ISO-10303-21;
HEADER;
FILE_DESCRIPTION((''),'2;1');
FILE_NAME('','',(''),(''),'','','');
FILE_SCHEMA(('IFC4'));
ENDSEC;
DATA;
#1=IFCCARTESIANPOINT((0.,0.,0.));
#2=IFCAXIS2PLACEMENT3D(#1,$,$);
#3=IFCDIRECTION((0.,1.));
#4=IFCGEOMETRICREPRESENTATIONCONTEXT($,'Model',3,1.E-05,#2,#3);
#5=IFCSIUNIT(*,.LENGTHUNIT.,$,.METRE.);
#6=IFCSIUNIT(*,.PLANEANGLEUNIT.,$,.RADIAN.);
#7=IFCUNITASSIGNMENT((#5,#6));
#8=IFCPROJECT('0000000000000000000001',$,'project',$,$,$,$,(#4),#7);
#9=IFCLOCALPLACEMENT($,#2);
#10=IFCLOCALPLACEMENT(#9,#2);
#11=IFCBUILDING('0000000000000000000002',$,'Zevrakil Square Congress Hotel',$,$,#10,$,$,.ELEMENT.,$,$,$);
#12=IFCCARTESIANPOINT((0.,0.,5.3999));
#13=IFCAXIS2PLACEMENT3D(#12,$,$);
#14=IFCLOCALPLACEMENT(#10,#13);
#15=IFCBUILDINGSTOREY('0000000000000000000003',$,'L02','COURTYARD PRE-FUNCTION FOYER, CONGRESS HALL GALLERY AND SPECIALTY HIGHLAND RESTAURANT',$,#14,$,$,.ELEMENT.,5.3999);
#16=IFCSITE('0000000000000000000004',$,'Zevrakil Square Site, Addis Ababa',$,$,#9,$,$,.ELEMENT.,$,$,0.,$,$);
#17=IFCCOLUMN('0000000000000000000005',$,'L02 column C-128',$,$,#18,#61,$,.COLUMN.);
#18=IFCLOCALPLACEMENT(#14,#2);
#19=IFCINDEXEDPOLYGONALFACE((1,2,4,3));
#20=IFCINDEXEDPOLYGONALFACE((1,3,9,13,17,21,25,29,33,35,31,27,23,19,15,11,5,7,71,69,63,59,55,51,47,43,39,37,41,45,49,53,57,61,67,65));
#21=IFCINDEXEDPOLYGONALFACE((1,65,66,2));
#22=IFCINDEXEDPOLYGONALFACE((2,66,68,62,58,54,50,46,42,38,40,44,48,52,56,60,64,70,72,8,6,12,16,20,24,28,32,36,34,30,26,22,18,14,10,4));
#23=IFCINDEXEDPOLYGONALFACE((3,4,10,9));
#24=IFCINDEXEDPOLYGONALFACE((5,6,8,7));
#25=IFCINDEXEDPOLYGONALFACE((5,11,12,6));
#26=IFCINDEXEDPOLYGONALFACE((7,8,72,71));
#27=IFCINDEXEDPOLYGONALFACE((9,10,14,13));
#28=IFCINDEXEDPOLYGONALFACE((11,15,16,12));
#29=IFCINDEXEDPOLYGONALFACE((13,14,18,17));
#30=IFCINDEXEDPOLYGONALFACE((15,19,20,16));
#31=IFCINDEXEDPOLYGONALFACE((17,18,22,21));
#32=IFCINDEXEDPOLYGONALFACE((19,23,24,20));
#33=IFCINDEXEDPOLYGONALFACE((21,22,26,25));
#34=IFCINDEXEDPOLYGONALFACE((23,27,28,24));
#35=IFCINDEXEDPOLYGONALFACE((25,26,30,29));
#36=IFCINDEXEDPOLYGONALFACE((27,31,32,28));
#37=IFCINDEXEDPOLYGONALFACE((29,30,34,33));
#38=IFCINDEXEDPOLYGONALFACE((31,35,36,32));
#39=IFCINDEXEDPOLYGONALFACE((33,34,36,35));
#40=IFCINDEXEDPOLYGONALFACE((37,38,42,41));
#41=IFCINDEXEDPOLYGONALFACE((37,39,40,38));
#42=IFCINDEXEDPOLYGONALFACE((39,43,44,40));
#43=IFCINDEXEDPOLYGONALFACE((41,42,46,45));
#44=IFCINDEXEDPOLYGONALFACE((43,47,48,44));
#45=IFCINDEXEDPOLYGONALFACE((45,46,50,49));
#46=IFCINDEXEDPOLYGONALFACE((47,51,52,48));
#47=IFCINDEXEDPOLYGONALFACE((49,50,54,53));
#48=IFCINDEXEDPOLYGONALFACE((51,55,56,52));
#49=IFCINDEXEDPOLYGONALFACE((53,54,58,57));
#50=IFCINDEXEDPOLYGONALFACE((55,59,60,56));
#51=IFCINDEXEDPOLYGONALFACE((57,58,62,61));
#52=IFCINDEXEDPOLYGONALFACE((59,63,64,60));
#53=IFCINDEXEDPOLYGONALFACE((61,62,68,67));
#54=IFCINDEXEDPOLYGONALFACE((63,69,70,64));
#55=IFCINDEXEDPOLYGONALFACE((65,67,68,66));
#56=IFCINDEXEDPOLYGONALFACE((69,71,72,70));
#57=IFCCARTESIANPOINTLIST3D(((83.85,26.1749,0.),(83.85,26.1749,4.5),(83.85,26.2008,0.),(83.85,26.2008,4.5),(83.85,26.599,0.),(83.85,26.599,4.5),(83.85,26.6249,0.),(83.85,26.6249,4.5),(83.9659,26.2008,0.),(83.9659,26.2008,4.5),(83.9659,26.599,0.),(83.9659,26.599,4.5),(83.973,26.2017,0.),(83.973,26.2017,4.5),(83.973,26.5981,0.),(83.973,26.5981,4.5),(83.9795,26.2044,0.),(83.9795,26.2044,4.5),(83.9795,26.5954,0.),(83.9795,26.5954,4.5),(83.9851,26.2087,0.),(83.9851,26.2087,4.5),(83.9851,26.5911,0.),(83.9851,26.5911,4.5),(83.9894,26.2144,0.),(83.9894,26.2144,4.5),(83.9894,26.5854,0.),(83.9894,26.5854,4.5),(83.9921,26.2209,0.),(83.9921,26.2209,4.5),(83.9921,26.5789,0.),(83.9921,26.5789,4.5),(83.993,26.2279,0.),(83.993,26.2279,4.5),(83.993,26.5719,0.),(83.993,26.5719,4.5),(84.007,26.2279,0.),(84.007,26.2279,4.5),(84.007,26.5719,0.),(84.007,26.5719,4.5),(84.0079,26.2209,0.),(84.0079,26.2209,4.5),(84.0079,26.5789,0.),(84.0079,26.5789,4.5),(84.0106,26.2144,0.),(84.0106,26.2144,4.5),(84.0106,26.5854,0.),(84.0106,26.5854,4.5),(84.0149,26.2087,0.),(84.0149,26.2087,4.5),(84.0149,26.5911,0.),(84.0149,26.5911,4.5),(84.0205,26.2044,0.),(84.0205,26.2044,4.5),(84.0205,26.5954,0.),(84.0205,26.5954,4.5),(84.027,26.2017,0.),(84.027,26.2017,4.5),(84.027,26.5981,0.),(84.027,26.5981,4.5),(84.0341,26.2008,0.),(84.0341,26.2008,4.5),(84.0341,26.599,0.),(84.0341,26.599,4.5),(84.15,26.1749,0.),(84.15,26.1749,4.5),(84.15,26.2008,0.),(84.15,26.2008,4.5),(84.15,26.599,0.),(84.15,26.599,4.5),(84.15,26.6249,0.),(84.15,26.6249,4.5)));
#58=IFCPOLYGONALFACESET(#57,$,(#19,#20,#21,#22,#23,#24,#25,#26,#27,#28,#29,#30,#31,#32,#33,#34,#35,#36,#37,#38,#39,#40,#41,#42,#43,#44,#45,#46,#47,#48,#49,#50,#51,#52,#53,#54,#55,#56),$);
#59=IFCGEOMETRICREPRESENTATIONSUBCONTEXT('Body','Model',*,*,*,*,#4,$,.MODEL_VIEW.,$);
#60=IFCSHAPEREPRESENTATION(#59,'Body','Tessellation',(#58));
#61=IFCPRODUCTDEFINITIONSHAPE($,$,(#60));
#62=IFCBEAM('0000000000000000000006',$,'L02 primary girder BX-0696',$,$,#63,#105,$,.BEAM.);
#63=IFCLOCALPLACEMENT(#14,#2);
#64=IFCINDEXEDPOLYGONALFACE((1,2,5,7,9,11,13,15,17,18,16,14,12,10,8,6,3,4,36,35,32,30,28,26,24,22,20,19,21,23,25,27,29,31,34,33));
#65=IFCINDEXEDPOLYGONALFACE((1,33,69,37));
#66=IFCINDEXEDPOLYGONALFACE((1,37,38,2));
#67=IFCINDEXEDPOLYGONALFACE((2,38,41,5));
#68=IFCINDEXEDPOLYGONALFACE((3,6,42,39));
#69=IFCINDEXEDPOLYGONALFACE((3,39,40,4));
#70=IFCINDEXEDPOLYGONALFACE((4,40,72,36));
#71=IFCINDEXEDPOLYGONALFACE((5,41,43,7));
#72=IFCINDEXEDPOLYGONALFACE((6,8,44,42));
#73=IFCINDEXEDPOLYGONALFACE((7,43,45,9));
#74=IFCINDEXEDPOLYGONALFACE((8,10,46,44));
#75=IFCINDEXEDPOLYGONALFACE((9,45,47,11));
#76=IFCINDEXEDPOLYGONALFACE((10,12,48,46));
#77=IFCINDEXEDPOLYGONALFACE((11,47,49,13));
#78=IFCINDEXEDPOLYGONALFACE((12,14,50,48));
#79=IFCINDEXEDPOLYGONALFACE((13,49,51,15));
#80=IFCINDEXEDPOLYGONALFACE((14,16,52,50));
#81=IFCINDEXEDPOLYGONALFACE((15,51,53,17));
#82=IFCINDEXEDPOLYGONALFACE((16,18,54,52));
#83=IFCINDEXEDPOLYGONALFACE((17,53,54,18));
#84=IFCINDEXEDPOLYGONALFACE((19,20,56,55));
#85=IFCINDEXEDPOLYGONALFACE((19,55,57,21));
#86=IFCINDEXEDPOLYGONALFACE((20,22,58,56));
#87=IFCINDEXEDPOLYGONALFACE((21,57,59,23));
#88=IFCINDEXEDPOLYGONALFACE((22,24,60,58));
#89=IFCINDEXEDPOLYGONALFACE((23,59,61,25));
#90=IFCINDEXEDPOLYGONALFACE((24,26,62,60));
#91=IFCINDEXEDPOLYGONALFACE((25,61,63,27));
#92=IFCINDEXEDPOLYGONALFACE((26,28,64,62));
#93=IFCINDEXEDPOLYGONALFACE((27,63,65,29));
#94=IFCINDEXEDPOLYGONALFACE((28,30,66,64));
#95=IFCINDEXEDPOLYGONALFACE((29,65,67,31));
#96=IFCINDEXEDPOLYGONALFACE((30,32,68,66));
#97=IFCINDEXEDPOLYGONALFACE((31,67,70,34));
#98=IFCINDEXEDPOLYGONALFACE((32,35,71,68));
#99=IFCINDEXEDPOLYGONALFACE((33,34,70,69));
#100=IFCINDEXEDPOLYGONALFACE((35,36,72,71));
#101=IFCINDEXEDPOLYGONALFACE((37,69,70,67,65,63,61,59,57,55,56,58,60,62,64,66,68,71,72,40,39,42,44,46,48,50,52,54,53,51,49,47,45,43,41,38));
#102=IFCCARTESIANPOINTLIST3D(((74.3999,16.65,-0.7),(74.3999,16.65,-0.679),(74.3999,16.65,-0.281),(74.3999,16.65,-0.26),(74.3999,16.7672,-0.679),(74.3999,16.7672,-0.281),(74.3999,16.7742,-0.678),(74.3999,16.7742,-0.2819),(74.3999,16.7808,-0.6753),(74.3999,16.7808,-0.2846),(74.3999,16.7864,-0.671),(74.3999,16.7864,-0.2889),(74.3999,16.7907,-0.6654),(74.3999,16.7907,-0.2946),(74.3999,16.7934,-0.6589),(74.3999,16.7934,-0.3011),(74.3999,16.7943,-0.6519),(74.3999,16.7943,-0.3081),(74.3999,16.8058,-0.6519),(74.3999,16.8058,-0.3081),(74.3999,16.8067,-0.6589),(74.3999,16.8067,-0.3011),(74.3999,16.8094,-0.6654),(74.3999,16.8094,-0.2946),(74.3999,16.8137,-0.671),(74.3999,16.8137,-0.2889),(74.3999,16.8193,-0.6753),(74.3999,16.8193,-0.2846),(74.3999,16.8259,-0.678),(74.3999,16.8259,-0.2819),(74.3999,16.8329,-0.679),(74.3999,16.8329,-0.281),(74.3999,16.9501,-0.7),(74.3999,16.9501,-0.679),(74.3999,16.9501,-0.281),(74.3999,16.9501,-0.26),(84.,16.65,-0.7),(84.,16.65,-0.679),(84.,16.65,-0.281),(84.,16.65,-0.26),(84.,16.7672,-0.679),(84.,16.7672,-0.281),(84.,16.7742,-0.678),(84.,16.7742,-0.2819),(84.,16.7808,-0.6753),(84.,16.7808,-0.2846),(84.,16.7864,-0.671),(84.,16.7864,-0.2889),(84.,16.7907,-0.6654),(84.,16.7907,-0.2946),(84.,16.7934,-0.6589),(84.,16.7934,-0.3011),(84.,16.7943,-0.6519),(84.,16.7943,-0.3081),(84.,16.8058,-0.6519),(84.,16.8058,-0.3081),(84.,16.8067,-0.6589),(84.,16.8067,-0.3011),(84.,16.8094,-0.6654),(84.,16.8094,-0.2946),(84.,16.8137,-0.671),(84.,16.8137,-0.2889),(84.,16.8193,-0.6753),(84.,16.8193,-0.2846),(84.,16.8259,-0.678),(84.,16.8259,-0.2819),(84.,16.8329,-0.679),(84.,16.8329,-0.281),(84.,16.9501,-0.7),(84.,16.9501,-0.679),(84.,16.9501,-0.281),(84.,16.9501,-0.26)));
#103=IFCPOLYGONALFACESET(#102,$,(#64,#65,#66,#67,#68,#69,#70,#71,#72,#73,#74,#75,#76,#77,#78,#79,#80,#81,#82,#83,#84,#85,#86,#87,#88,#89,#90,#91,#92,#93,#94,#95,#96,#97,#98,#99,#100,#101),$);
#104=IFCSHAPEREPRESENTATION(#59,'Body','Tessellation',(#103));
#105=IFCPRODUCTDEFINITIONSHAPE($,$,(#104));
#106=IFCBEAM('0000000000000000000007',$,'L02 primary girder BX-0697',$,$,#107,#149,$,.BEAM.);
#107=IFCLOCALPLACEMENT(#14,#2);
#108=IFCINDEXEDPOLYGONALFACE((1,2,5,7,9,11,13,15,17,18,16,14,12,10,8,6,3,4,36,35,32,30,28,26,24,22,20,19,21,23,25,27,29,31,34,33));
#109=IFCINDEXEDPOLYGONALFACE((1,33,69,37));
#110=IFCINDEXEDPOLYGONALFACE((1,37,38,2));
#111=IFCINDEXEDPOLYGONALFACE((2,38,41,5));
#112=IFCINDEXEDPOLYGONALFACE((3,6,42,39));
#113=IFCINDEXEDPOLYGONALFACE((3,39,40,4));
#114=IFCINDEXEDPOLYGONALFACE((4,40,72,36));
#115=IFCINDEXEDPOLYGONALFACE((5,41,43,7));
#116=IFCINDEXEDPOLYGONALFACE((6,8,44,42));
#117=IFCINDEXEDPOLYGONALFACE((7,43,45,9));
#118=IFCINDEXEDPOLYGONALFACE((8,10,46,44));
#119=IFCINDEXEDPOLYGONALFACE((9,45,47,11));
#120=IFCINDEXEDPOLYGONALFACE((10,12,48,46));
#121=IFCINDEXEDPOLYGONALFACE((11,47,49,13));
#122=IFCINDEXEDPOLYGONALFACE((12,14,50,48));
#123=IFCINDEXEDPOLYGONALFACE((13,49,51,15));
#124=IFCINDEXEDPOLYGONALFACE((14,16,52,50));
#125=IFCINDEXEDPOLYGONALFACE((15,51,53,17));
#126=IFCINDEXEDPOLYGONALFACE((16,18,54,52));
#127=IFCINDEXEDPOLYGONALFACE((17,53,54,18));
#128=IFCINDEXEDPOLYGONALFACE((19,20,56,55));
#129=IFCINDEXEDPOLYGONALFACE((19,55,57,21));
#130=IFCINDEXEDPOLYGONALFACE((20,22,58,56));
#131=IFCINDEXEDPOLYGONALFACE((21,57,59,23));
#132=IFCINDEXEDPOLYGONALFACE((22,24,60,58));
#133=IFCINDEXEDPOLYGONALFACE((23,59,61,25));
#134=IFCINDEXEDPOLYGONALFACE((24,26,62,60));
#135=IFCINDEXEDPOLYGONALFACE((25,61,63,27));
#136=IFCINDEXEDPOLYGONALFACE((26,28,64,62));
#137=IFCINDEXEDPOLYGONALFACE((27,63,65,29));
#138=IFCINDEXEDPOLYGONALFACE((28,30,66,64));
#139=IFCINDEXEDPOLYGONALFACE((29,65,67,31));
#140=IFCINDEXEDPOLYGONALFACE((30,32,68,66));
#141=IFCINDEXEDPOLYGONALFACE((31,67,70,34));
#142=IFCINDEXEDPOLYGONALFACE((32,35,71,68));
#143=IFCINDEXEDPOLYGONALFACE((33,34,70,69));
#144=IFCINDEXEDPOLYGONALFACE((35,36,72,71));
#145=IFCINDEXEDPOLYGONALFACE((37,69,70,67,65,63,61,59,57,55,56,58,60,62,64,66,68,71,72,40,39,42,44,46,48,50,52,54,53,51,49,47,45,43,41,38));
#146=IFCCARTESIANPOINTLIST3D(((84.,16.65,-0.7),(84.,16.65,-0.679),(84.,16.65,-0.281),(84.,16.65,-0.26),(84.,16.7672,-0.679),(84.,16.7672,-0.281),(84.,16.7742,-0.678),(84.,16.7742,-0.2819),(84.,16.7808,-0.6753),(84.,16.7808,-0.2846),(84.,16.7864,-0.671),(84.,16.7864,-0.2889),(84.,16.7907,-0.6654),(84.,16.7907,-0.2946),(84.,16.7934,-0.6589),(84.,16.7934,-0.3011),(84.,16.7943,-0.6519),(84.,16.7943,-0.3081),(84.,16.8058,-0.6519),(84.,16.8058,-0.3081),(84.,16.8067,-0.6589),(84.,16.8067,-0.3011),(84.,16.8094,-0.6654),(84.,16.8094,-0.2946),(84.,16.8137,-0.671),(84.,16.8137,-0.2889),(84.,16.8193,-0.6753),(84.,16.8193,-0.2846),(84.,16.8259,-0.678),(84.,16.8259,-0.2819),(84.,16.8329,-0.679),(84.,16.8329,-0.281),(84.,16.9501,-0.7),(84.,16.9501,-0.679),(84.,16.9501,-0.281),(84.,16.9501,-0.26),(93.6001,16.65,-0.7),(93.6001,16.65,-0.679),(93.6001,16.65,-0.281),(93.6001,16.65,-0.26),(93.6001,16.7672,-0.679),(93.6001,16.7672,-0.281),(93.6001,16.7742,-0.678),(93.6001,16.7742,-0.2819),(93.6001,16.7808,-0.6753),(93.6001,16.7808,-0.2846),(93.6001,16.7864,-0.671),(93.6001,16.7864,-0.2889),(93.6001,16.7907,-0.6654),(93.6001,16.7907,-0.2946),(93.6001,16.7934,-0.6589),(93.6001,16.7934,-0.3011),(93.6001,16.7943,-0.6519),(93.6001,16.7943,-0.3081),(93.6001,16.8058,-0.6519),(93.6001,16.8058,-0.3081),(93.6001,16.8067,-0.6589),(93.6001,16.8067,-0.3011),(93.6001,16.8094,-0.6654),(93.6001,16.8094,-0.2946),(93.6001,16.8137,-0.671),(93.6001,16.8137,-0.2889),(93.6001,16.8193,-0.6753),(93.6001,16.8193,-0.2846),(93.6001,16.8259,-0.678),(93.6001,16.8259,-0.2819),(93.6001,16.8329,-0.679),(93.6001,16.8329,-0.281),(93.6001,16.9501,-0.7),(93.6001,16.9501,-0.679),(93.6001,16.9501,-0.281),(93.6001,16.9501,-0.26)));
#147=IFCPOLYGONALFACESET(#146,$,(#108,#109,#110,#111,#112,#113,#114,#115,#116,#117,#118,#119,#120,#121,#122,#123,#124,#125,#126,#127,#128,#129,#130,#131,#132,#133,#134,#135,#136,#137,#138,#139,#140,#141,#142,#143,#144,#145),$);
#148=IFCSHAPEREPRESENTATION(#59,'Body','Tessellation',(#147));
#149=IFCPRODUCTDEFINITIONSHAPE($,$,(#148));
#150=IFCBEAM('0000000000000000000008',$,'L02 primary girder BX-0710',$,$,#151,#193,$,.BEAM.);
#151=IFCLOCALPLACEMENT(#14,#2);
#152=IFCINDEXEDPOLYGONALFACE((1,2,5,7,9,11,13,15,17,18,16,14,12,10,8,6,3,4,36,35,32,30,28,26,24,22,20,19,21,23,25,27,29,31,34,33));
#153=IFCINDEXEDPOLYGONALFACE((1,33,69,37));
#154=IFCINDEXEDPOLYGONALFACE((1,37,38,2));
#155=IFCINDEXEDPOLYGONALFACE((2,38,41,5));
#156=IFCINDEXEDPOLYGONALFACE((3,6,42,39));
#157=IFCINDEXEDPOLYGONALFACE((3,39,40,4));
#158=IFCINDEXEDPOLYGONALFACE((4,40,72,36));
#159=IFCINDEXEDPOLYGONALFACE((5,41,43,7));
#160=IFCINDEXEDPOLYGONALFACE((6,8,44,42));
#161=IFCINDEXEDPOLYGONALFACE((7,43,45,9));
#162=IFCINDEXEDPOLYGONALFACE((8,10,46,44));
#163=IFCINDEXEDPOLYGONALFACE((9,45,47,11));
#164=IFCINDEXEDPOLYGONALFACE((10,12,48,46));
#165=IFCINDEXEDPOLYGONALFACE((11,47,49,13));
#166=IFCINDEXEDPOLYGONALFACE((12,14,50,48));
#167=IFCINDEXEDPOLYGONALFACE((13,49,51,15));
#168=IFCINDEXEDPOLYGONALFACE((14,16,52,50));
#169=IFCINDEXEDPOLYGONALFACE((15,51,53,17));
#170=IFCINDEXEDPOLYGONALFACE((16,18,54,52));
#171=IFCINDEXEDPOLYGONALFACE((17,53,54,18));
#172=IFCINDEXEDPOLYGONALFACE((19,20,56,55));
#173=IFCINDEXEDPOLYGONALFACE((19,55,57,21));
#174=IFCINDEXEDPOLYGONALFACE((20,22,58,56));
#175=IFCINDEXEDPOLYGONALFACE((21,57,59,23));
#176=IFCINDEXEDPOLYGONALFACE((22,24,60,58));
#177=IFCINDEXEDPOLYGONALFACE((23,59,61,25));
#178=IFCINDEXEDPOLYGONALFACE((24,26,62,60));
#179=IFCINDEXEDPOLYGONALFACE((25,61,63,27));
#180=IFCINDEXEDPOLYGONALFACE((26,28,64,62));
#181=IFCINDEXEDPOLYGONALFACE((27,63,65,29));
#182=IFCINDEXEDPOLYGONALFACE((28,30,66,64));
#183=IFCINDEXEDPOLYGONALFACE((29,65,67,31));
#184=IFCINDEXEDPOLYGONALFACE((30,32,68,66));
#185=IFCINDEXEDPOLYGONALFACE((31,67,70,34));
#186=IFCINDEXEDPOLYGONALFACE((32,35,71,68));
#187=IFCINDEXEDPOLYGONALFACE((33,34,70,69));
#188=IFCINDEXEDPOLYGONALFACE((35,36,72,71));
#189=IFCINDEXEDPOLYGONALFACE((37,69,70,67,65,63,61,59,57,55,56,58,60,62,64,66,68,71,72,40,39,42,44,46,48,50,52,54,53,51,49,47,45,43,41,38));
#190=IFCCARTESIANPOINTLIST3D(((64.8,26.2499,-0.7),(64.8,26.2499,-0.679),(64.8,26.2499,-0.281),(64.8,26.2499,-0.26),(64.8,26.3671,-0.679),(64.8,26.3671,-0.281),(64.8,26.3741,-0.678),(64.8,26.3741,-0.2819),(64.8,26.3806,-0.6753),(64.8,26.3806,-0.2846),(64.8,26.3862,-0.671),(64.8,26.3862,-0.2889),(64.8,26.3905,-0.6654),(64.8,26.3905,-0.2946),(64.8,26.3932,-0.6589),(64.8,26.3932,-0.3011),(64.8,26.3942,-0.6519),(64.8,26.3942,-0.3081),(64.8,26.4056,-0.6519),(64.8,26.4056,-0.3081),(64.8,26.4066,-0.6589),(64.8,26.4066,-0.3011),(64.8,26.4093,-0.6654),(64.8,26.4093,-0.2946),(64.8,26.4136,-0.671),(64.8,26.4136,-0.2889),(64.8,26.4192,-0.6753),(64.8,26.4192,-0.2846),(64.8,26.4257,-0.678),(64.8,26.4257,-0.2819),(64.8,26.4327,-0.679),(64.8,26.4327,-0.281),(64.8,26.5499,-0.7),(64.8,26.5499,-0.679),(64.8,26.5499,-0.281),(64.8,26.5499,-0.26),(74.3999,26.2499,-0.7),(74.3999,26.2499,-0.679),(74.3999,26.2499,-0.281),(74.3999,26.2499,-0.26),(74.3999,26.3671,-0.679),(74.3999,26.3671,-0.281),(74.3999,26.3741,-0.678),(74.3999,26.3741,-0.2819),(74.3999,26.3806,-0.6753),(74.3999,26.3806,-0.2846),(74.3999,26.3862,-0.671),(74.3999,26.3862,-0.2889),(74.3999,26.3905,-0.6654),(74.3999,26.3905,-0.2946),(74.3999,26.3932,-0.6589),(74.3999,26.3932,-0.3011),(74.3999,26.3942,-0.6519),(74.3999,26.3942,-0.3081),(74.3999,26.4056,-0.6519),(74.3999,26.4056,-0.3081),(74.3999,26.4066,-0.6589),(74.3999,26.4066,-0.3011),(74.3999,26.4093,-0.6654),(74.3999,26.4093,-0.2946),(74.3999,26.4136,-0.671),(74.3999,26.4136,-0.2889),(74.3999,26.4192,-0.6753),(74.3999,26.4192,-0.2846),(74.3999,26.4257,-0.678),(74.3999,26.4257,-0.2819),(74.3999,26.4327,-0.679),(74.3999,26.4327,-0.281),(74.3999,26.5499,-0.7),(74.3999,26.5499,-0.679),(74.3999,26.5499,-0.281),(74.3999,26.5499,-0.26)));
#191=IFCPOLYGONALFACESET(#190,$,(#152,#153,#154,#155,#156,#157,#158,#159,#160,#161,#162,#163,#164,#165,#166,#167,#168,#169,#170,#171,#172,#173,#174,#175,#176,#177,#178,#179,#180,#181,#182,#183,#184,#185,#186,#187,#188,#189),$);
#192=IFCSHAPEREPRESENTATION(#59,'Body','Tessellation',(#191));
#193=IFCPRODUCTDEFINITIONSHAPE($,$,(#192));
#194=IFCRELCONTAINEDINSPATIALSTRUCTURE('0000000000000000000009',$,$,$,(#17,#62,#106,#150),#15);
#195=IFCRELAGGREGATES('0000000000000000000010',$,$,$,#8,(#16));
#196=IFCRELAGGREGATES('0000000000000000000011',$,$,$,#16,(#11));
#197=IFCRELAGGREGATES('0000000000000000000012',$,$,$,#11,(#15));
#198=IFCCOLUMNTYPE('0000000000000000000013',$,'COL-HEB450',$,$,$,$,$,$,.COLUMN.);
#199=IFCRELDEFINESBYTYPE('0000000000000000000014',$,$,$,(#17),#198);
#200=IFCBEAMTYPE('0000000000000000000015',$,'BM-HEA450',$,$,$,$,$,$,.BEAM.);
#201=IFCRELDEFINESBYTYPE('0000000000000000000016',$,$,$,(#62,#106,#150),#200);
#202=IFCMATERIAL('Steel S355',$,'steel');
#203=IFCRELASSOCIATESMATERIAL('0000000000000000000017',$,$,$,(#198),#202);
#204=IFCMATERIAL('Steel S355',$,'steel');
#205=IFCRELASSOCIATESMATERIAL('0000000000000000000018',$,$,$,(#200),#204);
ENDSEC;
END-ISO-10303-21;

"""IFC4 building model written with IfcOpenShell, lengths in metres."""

from ifc_helpers import new_model, si_unit, direction, frame, origin, origin_2d, place, context, subcontext, project, spatial, i_section, extrude, material, material_profile, profile_set, type_object, element, save


model = new_model("IFC4")

# Units and contexts
model_context = context("Model", 3, precision=1e-05, world=origin(), true_north=direction((0.0, 1.0)))
body_context = subcontext(model_context, "Body", "Model", "MODEL_VIEW")
ifc_project = project(units=[si_unit("LENGTHUNIT", "METRE"), si_unit("PLANEANGLEUNIT", "RADIAN")], contexts=[model_context])

# Site, building, storey
site_placement = place(None, origin())
site = spatial("IfcSite", under=ifc_project, at=site_placement, Name="Zevrakil Square Site, Addis Ababa", CompositionType="ELEMENT", RefElevation=0.0)
building_placement = place(site_placement, origin())
building = spatial("IfcBuilding", under=site, at=building_placement, Name="Zevrakil Square Congress Hotel", CompositionType="ELEMENT")
storey_placement = place(building_placement, frame((0.0, 0.0, 5.3999)))
storey = spatial("IfcBuildingStorey", under=building, at=storey_placement, Name="L02", Description="COURTYARD PRE-FUNCTION FOYER, CONGRESS HALL GALLERY AND SPECIALTY HIGHLAND RESTAURANT", CompositionType="ELEMENT", Elevation=5.3999)

# Column
ifc_material_1 = material(Name="Steel S355", Category="steel")
ifc_material_profile_1 = material_profile(ifc_material_1, i_section(OverallWidth=0.3, OverallDepth=0.45, WebThickness=0.0139, FlangeThickness=0.0259, FilletRadius=0.0271, at=origin_2d()), Name="HEB 450")
ifc_profile_set_1 = profile_set([ifc_material_profile_1], Name="Steel S355")
column_type = type_object("IfcColumnType", Name="COL-HEB450", PredefinedType="COLUMN", material=ifc_profile_set_1)
for number, where, z_axis, x_axis, name in (
    (1, (84.0, 26.3999, 0.0), (0.0, 0.0, 1.0), (1.0, 0.0, 0.0), "L02 column C-128"),
):
    element("IfcColumn", number, at=place(storey_placement, frame(where, z_axis=z_axis, x_axis=x_axis)), inside=storey, type_object=column_type, Name=name, PredefinedType="COLUMN", context=body_context, shape_type="SweptSolid", body=[
        extrude(i_section(OverallWidth=0.3, OverallDepth=0.45, WebThickness=0.0139, FlangeThickness=0.0259, FilletRadius=0.0271, at=origin_2d()), origin(), (0.0, 0.0, 1.0), 4.5),
    ])

# Beams
ifc_material_2 = material(Name="Steel S355", Category="steel")
ifc_material_profile_2 = material_profile(ifc_material_2, i_section(OverallWidth=0.3, OverallDepth=0.4399, WebThickness=0.0115, FlangeThickness=0.021, FilletRadius=0.0271, at=origin_2d()), Name="HEA 450")
ifc_profile_set_2 = profile_set([ifc_material_profile_2], Name="Steel S355")
beam_type_1 = type_object("IfcBeamType", Name="BM-HEA450", PredefinedType="BEAM", material=ifc_profile_set_2)
for number, where, z_axis, x_axis, name in (
    (2, (74.3999, 16.8, -0.48), (1.0, 0.0, 0.0), (0.0, 1.0, 0.0), "L02 primary girder BX-0696"),
    (3, (84.0, 16.8, -0.48), (1.0, 0.0, 0.0), (0.0, 1.0, 0.0), "L02 primary girder BX-0697"),
):
    element("IfcBeam", number, at=place(storey_placement, frame(where, z_axis=z_axis, x_axis=x_axis)), inside=storey, type_object=beam_type_1, Name=name, PredefinedType="BEAM", context=body_context, shape_type="SweptSolid", body=[
        extrude(i_section(OverallWidth=0.3, OverallDepth=0.4399, WebThickness=0.0115, FlangeThickness=0.021, FilletRadius=0.0271, at=origin_2d()), origin(), (0.0, 0.0, 1.0), 9.6001),
    ])
for number, where, z_axis, x_axis, name in (
    (4, (64.8, 26.3999, -0.48), (1.0, 0.0, 0.0), (0.0, 1.0, 0.0), "L02 primary girder BX-0710"),
):
    element("IfcBeam", number, at=place(storey_placement, frame(where, z_axis=z_axis, x_axis=x_axis)), inside=storey, type_object=beam_type_1, Name=name, PredefinedType="BEAM", context=body_context, shape_type="SweptSolid", body=[
        extrude(i_section(OverallWidth=0.3, OverallDepth=0.4399, WebThickness=0.0115, FlangeThickness=0.021, FilletRadius=0.0271, at=origin_2d()), origin(), (0.0, 0.0, 1.0), 9.5999),
    ])

save(model, "model.ifc")
